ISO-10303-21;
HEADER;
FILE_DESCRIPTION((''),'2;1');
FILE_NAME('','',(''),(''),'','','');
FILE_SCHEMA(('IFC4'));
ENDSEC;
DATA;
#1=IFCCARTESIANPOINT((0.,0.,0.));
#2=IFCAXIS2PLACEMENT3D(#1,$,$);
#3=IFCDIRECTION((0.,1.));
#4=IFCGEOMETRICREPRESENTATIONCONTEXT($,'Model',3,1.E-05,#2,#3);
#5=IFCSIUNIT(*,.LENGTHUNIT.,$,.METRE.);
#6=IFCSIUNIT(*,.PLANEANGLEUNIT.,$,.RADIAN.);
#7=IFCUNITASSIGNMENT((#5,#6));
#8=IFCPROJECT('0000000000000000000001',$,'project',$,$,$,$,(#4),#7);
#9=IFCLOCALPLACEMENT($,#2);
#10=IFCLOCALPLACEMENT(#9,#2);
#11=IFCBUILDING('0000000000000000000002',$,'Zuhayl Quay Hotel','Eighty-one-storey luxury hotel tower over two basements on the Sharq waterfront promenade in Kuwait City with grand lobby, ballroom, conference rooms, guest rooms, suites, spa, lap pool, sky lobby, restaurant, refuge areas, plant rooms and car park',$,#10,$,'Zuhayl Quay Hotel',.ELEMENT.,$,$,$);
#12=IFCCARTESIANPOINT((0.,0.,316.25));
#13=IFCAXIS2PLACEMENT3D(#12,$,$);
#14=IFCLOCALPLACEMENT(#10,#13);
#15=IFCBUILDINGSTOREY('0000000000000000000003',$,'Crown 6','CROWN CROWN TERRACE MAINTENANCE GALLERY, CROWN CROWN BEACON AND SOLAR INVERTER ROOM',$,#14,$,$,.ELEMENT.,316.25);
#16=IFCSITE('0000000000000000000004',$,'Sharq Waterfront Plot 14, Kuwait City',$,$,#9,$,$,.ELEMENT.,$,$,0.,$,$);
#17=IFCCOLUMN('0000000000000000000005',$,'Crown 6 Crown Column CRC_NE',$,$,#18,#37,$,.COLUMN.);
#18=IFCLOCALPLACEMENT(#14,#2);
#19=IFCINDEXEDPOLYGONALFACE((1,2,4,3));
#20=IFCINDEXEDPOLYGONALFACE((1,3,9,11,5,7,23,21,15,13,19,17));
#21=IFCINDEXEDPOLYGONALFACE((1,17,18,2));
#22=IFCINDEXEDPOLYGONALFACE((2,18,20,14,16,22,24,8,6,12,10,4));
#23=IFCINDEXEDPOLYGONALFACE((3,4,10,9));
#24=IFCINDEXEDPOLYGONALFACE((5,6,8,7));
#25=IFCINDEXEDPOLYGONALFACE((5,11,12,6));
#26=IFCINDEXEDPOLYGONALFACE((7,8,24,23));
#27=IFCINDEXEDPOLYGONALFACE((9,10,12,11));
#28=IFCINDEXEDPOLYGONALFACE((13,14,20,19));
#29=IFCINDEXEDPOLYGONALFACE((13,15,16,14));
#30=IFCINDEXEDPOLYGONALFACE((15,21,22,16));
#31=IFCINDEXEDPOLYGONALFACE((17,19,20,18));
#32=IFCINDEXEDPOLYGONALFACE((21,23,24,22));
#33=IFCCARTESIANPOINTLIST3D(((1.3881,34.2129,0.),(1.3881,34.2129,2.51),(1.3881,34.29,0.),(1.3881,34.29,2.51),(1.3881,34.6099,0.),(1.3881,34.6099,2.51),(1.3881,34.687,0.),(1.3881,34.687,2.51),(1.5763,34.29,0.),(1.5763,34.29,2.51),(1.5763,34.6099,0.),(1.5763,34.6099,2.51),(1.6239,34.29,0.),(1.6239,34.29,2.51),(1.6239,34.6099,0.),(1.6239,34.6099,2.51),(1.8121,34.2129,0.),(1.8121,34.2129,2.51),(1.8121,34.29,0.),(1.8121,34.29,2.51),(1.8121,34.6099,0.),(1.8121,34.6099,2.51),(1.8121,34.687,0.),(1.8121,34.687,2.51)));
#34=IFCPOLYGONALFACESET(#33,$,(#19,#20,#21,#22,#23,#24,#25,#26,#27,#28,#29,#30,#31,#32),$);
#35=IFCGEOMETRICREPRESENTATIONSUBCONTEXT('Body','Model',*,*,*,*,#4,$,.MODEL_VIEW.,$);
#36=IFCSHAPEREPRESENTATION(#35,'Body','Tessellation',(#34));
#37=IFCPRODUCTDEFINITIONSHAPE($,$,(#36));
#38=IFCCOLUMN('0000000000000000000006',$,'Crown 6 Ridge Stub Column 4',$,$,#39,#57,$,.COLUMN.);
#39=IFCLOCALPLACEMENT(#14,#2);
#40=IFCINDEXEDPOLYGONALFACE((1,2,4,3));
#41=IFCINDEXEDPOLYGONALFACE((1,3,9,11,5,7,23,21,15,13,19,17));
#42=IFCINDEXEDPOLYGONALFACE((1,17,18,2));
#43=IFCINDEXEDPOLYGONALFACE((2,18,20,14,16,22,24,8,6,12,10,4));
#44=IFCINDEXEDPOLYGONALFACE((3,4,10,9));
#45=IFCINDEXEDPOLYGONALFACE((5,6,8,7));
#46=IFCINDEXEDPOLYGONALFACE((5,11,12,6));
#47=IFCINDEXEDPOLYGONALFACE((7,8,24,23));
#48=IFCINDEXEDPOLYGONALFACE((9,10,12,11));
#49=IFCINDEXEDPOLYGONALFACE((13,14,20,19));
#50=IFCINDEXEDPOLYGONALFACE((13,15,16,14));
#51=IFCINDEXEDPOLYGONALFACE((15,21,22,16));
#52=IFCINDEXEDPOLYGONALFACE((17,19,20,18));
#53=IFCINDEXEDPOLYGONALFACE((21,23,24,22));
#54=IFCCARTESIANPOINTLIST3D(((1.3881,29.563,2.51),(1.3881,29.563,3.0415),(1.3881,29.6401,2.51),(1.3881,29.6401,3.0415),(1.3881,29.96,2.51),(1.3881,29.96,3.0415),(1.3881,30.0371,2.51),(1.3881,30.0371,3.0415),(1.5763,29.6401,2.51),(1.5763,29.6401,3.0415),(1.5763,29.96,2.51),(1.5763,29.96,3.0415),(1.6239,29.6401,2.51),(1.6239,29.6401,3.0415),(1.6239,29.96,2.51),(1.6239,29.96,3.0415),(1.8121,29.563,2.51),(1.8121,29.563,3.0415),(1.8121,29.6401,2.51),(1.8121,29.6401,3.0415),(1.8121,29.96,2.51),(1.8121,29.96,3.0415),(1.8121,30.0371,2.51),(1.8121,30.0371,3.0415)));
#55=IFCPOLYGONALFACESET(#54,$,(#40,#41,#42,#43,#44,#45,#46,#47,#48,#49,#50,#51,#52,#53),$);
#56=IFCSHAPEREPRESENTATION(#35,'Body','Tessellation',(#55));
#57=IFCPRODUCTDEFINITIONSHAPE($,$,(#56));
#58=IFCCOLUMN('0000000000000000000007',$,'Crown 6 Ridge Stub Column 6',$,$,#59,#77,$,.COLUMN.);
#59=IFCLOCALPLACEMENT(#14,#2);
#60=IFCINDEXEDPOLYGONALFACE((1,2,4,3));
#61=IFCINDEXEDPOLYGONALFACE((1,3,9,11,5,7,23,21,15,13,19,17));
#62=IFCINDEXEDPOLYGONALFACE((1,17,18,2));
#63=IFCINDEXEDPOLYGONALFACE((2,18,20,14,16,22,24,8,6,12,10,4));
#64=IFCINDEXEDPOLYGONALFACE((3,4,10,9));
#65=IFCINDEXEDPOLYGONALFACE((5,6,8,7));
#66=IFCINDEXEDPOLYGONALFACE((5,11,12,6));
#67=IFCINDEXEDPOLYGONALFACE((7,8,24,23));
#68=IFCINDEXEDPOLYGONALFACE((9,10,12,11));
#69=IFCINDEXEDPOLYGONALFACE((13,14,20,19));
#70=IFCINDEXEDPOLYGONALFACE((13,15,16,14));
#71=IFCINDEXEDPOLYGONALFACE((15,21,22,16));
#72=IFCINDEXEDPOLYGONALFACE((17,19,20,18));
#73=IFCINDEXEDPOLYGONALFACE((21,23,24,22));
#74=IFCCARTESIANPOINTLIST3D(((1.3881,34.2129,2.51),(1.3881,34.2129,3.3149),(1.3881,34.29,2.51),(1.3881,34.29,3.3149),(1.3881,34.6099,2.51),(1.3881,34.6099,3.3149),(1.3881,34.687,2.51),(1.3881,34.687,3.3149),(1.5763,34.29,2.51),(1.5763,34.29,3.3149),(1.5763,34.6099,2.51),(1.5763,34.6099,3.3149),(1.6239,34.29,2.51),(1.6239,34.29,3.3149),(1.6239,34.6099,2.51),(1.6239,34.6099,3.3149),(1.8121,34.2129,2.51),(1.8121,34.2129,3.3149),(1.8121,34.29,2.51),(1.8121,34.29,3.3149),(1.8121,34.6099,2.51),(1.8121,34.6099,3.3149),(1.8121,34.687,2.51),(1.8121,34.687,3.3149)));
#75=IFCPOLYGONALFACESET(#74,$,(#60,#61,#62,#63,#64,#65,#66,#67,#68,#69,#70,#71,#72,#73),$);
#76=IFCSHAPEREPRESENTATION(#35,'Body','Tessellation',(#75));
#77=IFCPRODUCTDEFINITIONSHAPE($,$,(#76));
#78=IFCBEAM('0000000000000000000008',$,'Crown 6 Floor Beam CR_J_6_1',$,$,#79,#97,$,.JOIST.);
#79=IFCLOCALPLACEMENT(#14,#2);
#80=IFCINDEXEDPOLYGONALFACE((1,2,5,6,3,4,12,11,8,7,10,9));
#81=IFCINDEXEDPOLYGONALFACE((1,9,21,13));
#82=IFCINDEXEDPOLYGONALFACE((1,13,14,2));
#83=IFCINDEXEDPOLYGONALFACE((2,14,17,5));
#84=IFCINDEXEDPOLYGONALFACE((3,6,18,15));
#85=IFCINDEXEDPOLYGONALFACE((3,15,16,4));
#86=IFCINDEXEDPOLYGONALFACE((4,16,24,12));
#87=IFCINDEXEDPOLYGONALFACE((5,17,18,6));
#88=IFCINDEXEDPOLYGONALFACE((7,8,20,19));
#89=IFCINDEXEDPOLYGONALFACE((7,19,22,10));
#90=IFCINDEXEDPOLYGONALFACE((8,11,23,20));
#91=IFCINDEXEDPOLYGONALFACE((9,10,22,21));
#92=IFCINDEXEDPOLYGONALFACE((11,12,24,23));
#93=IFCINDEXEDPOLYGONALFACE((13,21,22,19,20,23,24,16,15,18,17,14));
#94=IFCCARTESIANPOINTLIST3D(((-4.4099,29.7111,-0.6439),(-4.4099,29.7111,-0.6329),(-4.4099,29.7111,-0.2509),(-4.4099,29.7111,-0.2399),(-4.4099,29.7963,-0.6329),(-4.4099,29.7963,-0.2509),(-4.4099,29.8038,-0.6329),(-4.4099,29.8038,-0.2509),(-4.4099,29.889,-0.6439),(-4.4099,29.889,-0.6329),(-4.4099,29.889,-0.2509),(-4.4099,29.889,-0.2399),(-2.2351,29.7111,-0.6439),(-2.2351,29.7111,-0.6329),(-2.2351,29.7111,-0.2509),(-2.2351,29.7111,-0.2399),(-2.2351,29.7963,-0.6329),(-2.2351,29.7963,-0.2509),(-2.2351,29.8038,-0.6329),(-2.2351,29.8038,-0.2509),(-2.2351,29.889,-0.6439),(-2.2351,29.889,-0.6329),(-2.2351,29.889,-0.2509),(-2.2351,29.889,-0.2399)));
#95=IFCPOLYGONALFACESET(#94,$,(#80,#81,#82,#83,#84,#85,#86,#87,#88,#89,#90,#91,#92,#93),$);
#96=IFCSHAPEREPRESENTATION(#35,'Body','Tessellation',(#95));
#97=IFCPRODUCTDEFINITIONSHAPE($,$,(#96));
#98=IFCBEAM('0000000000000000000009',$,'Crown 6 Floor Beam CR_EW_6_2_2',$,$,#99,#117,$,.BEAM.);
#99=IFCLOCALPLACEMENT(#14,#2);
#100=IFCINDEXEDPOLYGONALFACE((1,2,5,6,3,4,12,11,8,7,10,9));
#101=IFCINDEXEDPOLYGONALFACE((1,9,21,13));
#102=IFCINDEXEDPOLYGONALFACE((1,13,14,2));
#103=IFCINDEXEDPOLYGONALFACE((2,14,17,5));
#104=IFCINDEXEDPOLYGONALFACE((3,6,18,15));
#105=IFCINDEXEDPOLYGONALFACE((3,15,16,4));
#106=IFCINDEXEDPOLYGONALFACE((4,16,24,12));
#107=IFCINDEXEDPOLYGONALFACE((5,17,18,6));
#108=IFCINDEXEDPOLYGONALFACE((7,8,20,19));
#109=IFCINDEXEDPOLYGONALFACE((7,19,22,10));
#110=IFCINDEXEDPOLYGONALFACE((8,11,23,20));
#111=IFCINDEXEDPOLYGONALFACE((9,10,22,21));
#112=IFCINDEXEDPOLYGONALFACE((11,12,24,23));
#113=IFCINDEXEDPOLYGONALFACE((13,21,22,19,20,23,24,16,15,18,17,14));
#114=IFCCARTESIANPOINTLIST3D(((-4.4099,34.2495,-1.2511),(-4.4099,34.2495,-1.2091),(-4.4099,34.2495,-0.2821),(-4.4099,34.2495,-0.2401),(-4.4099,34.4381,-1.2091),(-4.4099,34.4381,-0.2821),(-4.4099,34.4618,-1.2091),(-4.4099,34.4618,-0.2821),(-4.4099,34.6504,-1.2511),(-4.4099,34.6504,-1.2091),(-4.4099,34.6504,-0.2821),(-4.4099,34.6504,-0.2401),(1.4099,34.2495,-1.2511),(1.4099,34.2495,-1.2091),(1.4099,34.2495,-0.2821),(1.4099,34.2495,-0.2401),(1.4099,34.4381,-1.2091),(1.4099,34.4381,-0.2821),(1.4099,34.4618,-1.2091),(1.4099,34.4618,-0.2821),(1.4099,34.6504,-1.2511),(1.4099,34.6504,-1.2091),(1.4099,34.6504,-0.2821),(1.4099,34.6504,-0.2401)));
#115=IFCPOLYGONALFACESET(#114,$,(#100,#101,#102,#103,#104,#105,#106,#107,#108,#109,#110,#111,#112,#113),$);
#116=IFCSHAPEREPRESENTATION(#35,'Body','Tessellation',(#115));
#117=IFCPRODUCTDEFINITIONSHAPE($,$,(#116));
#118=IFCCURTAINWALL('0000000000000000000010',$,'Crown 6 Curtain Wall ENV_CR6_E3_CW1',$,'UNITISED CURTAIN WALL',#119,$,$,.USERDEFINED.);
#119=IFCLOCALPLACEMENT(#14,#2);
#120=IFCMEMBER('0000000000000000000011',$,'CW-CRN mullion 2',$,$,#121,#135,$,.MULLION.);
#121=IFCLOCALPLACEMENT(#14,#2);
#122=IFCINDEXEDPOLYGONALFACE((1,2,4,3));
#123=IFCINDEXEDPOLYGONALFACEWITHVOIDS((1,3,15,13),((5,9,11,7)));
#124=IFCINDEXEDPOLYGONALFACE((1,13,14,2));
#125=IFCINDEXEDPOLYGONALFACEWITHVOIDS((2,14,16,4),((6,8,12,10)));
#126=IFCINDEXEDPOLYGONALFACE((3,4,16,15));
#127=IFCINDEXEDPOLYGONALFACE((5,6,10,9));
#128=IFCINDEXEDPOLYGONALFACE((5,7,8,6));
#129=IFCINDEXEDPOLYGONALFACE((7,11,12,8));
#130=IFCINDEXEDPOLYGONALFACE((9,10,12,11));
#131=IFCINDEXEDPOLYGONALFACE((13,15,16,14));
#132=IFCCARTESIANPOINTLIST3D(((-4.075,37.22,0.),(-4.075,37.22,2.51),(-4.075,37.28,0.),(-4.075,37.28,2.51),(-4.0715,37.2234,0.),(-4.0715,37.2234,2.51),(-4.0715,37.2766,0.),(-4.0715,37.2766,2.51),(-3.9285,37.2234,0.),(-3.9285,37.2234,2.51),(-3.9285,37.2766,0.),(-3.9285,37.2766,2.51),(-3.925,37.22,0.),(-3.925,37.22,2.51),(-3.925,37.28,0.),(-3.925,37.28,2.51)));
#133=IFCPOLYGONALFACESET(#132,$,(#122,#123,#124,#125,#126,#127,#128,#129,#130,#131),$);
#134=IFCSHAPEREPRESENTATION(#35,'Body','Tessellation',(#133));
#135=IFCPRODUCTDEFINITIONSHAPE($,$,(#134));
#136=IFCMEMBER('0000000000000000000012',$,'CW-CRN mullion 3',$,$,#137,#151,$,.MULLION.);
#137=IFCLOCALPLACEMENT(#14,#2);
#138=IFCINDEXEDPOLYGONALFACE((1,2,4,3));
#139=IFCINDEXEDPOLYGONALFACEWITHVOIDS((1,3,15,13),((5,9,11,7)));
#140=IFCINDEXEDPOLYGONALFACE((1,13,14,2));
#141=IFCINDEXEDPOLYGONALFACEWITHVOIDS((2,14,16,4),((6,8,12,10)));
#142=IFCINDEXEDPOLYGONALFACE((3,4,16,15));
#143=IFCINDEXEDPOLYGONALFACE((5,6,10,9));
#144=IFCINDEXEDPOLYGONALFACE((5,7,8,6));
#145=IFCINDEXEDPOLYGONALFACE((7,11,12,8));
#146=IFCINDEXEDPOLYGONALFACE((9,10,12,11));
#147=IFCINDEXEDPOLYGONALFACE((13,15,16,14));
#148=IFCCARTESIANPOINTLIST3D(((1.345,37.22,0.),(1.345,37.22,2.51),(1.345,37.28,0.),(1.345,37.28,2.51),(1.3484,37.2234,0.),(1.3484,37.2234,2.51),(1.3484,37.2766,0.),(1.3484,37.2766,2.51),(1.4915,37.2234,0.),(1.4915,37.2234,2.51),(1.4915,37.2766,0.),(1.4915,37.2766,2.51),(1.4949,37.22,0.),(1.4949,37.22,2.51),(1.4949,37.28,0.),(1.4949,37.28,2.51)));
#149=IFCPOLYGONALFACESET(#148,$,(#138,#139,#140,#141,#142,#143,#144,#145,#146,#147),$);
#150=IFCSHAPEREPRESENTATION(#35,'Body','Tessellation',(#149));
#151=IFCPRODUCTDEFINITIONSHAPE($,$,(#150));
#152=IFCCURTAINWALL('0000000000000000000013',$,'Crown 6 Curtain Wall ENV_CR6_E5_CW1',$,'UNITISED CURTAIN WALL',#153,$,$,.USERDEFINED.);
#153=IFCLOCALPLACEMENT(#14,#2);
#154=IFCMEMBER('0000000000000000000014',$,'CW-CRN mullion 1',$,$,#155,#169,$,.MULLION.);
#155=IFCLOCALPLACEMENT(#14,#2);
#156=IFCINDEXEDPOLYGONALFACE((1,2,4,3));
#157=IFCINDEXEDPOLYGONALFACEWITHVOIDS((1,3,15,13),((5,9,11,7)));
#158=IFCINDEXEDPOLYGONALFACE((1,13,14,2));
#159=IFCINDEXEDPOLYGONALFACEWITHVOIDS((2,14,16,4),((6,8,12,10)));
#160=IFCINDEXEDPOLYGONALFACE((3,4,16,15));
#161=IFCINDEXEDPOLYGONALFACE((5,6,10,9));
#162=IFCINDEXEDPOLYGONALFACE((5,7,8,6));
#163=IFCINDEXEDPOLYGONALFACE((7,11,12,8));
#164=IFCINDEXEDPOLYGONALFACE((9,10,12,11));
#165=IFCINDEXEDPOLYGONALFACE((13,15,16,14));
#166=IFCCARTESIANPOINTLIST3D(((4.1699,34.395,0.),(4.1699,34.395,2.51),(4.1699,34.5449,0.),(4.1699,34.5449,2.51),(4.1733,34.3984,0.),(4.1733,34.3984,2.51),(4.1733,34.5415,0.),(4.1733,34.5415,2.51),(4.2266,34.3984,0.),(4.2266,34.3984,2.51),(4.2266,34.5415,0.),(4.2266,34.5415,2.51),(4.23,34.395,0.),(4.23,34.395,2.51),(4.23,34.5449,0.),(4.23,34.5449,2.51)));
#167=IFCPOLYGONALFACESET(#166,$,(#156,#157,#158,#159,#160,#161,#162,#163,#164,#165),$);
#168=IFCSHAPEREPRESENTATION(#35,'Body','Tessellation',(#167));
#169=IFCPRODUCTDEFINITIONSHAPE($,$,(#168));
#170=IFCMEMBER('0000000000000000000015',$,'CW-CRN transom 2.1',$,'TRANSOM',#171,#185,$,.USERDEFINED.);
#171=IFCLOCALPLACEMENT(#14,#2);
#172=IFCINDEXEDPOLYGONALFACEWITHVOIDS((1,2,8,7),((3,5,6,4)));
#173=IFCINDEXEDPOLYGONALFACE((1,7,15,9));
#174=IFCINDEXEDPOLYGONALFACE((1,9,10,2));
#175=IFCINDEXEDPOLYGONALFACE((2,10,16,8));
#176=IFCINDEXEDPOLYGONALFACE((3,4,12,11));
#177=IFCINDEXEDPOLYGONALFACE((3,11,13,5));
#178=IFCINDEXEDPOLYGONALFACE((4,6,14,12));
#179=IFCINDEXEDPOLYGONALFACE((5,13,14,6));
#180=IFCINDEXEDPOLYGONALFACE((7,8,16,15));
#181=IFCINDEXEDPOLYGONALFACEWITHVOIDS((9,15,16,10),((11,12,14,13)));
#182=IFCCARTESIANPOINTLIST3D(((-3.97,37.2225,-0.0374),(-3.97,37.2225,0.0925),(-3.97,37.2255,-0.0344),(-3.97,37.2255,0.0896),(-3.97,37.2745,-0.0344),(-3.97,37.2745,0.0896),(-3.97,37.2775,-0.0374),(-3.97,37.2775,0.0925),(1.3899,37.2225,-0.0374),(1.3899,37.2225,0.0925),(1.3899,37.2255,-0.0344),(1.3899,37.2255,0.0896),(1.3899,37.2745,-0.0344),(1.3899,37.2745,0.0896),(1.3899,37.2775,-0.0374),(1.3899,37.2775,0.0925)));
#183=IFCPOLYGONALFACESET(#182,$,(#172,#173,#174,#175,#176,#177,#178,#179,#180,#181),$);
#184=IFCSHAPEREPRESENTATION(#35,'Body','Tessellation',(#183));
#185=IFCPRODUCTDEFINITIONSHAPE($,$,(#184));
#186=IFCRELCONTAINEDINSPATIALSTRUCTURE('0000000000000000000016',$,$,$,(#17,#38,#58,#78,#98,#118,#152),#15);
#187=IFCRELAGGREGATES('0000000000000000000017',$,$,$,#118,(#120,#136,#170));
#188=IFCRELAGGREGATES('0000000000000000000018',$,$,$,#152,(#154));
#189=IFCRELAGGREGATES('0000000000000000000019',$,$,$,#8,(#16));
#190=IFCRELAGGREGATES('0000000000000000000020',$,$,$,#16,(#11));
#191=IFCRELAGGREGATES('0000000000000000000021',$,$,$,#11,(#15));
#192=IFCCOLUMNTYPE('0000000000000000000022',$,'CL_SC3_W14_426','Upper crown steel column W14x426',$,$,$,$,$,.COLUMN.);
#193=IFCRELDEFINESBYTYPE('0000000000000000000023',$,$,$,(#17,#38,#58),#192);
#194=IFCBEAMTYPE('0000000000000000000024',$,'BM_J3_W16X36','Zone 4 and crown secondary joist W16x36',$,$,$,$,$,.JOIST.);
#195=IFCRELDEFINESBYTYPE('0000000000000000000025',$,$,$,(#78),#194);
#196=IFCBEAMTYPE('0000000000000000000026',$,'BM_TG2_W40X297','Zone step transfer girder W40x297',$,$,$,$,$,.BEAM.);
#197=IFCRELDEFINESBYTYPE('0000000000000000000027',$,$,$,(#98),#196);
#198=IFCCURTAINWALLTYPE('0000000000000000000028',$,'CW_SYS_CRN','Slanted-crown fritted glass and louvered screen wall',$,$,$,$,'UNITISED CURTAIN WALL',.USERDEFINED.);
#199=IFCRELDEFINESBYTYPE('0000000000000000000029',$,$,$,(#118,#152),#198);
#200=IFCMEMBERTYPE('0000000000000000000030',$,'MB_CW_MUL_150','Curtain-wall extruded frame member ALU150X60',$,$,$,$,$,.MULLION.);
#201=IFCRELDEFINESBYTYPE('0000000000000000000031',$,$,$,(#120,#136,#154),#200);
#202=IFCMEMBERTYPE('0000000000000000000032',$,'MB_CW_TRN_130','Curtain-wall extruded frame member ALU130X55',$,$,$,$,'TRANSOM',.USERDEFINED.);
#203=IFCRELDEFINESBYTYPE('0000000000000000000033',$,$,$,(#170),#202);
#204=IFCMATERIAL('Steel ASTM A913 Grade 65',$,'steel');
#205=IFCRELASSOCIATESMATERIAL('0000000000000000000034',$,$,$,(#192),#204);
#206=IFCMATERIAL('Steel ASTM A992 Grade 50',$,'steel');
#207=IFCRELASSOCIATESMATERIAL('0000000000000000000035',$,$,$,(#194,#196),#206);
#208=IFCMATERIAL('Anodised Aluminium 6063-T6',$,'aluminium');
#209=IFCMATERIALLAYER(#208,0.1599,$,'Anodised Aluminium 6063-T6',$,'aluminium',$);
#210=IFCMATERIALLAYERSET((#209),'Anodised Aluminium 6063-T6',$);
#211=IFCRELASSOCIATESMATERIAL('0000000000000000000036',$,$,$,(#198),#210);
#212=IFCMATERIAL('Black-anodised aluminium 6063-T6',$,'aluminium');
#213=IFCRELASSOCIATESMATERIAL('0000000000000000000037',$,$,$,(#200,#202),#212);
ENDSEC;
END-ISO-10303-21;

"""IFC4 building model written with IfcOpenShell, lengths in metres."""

from ifc_helpers import new_model, si_unit, direction, frame, origin, origin_2d, place, context, subcontext, project, spatial, hollow_rectangle, i_section, extrude, material, layer, layer_set, material_profile, profile_set, type_object, element, aggregate, save


model = new_model("IFC4")

# Units and contexts
model_context = context("Model", 3, precision=1e-05, world=origin(), true_north=direction((0.0, 1.0)))
body_context = subcontext(model_context, "Body", "Model", "MODEL_VIEW")
ifc_project = project(units=[si_unit("LENGTHUNIT", "METRE"), si_unit("PLANEANGLEUNIT", "RADIAN")], contexts=[model_context])

# Site, building, storey
site_placement = place(None, origin())
site = spatial("IfcSite", under=ifc_project, at=site_placement, Name="Sharq Waterfront Plot 14, Kuwait City", CompositionType="ELEMENT", RefElevation=0.0)
building_placement = place(site_placement, origin())
building = spatial("IfcBuilding", under=site, at=building_placement, Name="Zuhayl Quay Hotel", Description="Eighty-one-storey luxury hotel tower over two basements on the Sharq waterfront promenade in Kuwait City with grand lobby, ballroom, conference rooms, guest rooms, suites, spa, lap pool, sky lobby, restaurant, refuge areas, plant rooms and car park", LongName="Zuhayl Quay Hotel", CompositionType="ELEMENT")
storey_placement = place(building_placement, frame((0.0, 0.0, 316.25)))
storey = spatial("IfcBuildingStorey", under=building, at=storey_placement, Name="Crown 6", Description="CROWN CROWN TERRACE MAINTENANCE GALLERY, CROWN CROWN BEACON AND SOLAR INVERTER ROOM", CompositionType="ELEMENT", Elevation=316.25)

# Columns
ifc_material_1 = material(Name="Steel ASTM A913 Grade 65", Category="steel")
ifc_material_profile_1 = material_profile(ifc_material_1, i_section(OverallWidth=0.4241, OverallDepth=0.4741, WebThickness=0.0476, FlangeThickness=0.0771, at=origin_2d()), Name="W14X426")
ifc_profile_set_1 = profile_set([ifc_material_profile_1], Name="Steel ASTM A913 Grade 65")
column_type = type_object("IfcColumnType", Name="CL_SC3_W14_426", Description="Upper crown steel column W14x426", PredefinedType="COLUMN", material=ifc_profile_set_1)
column_1_placement = place(storey_placement, frame((1.6001, 34.45, 0.0), z_axis=(0.0, 0.0, 1.0), x_axis=(1.0, 0.0, 0.0)))
element("IfcColumn", 1, at=column_1_placement, inside=storey, type_object=column_type, Name="Crown 6 Crown Column CRC_NE", PredefinedType="COLUMN", context=body_context, shape_type="SweptSolid", body=[
    extrude(i_section(OverallWidth=0.4241, OverallDepth=0.4741, WebThickness=0.0476, FlangeThickness=0.0771, at=origin_2d()), origin(), (0.0, 0.0, 1.0), 2.51),
])
column_2_placement = place(storey_placement, frame((1.6001, 29.8, 2.51), z_axis=(0.0, 0.0, 1.0), x_axis=(1.0, 0.0, 0.0)))
element("IfcColumn", 2, at=column_2_placement, inside=storey, type_object=column_type, Name="Crown 6 Ridge Stub Column 4", PredefinedType="COLUMN", context=body_context, shape_type="SweptSolid", body=[
    extrude(i_section(OverallWidth=0.4241, OverallDepth=0.4741, WebThickness=0.0476, FlangeThickness=0.0771, at=origin_2d()), origin(), (0.0, 0.0, 1.0), 0.5315),
])
column_3_placement = place(storey_placement, frame((1.6001, 34.45, 2.51), z_axis=(0.0, 0.0, 1.0), x_axis=(1.0, 0.0, 0.0)))
element("IfcColumn", 3, at=column_3_placement, inside=storey, type_object=column_type, Name="Crown 6 Ridge Stub Column 6", PredefinedType="COLUMN", context=body_context, shape_type="SweptSolid", body=[
    extrude(i_section(OverallWidth=0.4241, OverallDepth=0.4741, WebThickness=0.0476, FlangeThickness=0.0771, at=origin_2d()), origin(), (0.0, 0.0, 1.0), 0.8049),
])

# Beams
ifc_material_2 = material(Name="Steel ASTM A992 Grade 50", Category="steel")
ifc_material_profile_2 = material_profile(ifc_material_2, i_section(OverallWidth=0.178, OverallDepth=0.4041, WebThickness=0.0076, FlangeThickness=0.011, at=origin_2d()), Name="W16X36")
ifc_profile_set_2 = profile_set([ifc_material_profile_2], Name="Steel ASTM A992 Grade 50")
beam_type_1 = type_object("IfcBeamType", Name="BM_J3_W16X36", Description="Zone 4 and crown secondary joist W16x36", PredefinedType="JOIST", material=ifc_profile_set_2)
beam_1_placement = place(storey_placement, frame((-4.4099, 29.8, -0.4419), z_axis=(1.0, 0.0, 0.0), x_axis=(0.0, 1.0, 0.0)))
element("IfcBeam", 4, at=beam_1_placement, inside=storey, type_object=beam_type_1, Name="Crown 6 Floor Beam CR_J_6_1", PredefinedType="JOIST", context=body_context, shape_type="SweptSolid", body=[
    extrude(i_section(OverallWidth=0.178, OverallDepth=0.4041, WebThickness=0.0076, FlangeThickness=0.011, at=origin_2d()), origin(), (0.0, 0.0, 1.0), 2.1748),
])
ifc_material_profile_3 = material_profile(ifc_material_2, i_section(OverallWidth=0.4009, OverallDepth=1.011, WebThickness=0.0237, FlangeThickness=0.042, at=origin_2d()), Name="W40X297")
ifc_profile_set_3 = profile_set([ifc_material_profile_3], Name="Steel ASTM A992 Grade 50")
beam_type_2 = type_object("IfcBeamType", Name="BM_TG2_W40X297", Description="Zone step transfer girder W40x297", PredefinedType="BEAM", material=ifc_profile_set_3)
beam_2_placement = place(storey_placement, frame((-4.4099, 34.45, -0.7456), z_axis=(1.0, 0.0, 0.0), x_axis=(0.0, 1.0, 0.0)))
element("IfcBeam", 5, at=beam_2_placement, inside=storey, type_object=beam_type_2, Name="Crown 6 Floor Beam CR_EW_6_2_2", PredefinedType="BEAM", context=body_context, shape_type="SweptSolid", body=[
    extrude(i_section(OverallWidth=0.4009, OverallDepth=1.011, WebThickness=0.0237, FlangeThickness=0.042, at=origin_2d()), origin(), (0.0, 0.0, 1.0), 5.8198),
])

# Curtain wall, members
ifc_material_3 = material(Name="Anodised Aluminium 6063-T6", Category="aluminium")
ifc_layer_1 = layer(ifc_material_3, 0.1599, Name="Anodised Aluminium 6063-T6", Category="aluminium")
ifc_layer_set_1 = layer_set([ifc_layer_1], Name="Anodised Aluminium 6063-T6")
curtain_wall_type = type_object("IfcCurtainWallType", Name="CW_SYS_CRN", Description="Slanted-crown fritted glass and louvered screen wall", ElementType="UNITISED CURTAIN WALL", PredefinedType="USERDEFINED", material=ifc_layer_set_1)
curtain_wall_1_placement = place(storey_placement, origin())
curtain_wall_1 = element("IfcCurtainWall", 6, at=curtain_wall_1_placement, inside=storey, type_object=curtain_wall_type, Name="Crown 6 Curtain Wall ENV_CR6_E3_CW1", ObjectType="UNITISED CURTAIN WALL", PredefinedType="USERDEFINED")
ifc_material_4 = material(Name="Black-anodised aluminium 6063-T6", Category="aluminium")
ifc_material_profile_4 = material_profile(ifc_material_4, hollow_rectangle(XDim=0.0601, YDim=0.1499, WallThickness=0.0034, at=origin_2d()), Name="ALU150X60")
ifc_profile_set_4 = profile_set([ifc_material_profile_4], Name="Black-anodised aluminium 6063-T6")
member_type_1 = type_object("IfcMemberType", Name="MB_CW_MUL_150", Description="Curtain-wall extruded frame member ALU150X60", PredefinedType="MULLION", material=ifc_profile_set_4)
member_1_placement = place(storey_placement, frame((-4.0, 37.25, 0.0), z_axis=(0.0, 0.0, 1.0), x_axis=(0.0, 1.0, 0.0)))
member_1 = element("IfcMember", 7, at=member_1_placement, type_object=member_type_1, Name="CW-CRN mullion 2", PredefinedType="MULLION", context=body_context, shape_type="SweptSolid", body=[
    extrude(hollow_rectangle(XDim=0.0601, YDim=0.1499, WallThickness=0.0034, at=origin_2d()), origin(), (0.0, 0.0, 1.0), 2.51),
])
member_2_placement = place(storey_placement, frame((1.4199, 37.25, 0.0), z_axis=(0.0, 0.0, 1.0), x_axis=(0.0, 1.0, 0.0)))
member_2 = element("IfcMember", 8, at=member_2_placement, type_object=member_type_1, Name="CW-CRN mullion 3", PredefinedType="MULLION", context=body_context, shape_type="SweptSolid", body=[
    extrude(hollow_rectangle(XDim=0.0601, YDim=0.1499, WallThickness=0.0034, at=origin_2d()), origin(), (0.0, 0.0, 1.0), 2.51),
])

# Curtain wall, member
curtain_wall_2_placement = place(storey_placement, origin())
curtain_wall_2 = element("IfcCurtainWall", 9, at=curtain_wall_2_placement, inside=storey, type_object=curtain_wall_type, Name="Crown 6 Curtain Wall ENV_CR6_E5_CW1", ObjectType="UNITISED CURTAIN WALL", PredefinedType="USERDEFINED")
member_3_placement = place(storey_placement, frame((4.2, 34.47, 0.0), z_axis=(0.0, 0.0, 1.0), x_axis=(1.0, 0.0, 0.0)))
member_3 = element("IfcMember", 10, at=member_3_placement, type_object=member_type_1, Name="CW-CRN mullion 1", PredefinedType="MULLION", context=body_context, shape_type="SweptSolid", body=[
    extrude(hollow_rectangle(XDim=0.0601, YDim=0.1499, WallThickness=0.0034, at=origin_2d()), origin(), (0.0, 0.0, 1.0), 2.51),
])

# Member
ifc_material_profile_5 = material_profile(ifc_material_4, hollow_rectangle(XDim=0.0549, YDim=0.1299, WallThickness=0.0029, at=origin_2d()), Name="ALU130X55")
ifc_profile_set_5 = profile_set([ifc_material_profile_5], Name="Black-anodised aluminium 6063-T6")
member_type_2 = type_object("IfcMemberType", Name="MB_CW_TRN_130", Description="Curtain-wall extruded frame member ALU130X55", ElementType="TRANSOM", PredefinedType="USERDEFINED", material=ifc_profile_set_5)
member_4_placement = place(storey_placement, frame((-3.97, 37.25, 0.0276), z_axis=(1.0, 0.0, 0.0), x_axis=(0.0, 1.0, 0.0)))
member_4 = element("IfcMember", 11, at=member_4_placement, type_object=member_type_2, Name="CW-CRN transom 2.1", ObjectType="TRANSOM", PredefinedType="USERDEFINED", context=body_context, shape_type="SweptSolid", body=[
    extrude(hollow_rectangle(XDim=0.0549, YDim=0.1299, WallThickness=0.0029, at=origin_2d()), origin(), (0.0, 0.0, 1.0), 5.3599),
])

aggregate(curtain_wall_1, [member_1, member_2, member_4])
aggregate(curtain_wall_2, [member_3])

save(model, "model.ifc")
